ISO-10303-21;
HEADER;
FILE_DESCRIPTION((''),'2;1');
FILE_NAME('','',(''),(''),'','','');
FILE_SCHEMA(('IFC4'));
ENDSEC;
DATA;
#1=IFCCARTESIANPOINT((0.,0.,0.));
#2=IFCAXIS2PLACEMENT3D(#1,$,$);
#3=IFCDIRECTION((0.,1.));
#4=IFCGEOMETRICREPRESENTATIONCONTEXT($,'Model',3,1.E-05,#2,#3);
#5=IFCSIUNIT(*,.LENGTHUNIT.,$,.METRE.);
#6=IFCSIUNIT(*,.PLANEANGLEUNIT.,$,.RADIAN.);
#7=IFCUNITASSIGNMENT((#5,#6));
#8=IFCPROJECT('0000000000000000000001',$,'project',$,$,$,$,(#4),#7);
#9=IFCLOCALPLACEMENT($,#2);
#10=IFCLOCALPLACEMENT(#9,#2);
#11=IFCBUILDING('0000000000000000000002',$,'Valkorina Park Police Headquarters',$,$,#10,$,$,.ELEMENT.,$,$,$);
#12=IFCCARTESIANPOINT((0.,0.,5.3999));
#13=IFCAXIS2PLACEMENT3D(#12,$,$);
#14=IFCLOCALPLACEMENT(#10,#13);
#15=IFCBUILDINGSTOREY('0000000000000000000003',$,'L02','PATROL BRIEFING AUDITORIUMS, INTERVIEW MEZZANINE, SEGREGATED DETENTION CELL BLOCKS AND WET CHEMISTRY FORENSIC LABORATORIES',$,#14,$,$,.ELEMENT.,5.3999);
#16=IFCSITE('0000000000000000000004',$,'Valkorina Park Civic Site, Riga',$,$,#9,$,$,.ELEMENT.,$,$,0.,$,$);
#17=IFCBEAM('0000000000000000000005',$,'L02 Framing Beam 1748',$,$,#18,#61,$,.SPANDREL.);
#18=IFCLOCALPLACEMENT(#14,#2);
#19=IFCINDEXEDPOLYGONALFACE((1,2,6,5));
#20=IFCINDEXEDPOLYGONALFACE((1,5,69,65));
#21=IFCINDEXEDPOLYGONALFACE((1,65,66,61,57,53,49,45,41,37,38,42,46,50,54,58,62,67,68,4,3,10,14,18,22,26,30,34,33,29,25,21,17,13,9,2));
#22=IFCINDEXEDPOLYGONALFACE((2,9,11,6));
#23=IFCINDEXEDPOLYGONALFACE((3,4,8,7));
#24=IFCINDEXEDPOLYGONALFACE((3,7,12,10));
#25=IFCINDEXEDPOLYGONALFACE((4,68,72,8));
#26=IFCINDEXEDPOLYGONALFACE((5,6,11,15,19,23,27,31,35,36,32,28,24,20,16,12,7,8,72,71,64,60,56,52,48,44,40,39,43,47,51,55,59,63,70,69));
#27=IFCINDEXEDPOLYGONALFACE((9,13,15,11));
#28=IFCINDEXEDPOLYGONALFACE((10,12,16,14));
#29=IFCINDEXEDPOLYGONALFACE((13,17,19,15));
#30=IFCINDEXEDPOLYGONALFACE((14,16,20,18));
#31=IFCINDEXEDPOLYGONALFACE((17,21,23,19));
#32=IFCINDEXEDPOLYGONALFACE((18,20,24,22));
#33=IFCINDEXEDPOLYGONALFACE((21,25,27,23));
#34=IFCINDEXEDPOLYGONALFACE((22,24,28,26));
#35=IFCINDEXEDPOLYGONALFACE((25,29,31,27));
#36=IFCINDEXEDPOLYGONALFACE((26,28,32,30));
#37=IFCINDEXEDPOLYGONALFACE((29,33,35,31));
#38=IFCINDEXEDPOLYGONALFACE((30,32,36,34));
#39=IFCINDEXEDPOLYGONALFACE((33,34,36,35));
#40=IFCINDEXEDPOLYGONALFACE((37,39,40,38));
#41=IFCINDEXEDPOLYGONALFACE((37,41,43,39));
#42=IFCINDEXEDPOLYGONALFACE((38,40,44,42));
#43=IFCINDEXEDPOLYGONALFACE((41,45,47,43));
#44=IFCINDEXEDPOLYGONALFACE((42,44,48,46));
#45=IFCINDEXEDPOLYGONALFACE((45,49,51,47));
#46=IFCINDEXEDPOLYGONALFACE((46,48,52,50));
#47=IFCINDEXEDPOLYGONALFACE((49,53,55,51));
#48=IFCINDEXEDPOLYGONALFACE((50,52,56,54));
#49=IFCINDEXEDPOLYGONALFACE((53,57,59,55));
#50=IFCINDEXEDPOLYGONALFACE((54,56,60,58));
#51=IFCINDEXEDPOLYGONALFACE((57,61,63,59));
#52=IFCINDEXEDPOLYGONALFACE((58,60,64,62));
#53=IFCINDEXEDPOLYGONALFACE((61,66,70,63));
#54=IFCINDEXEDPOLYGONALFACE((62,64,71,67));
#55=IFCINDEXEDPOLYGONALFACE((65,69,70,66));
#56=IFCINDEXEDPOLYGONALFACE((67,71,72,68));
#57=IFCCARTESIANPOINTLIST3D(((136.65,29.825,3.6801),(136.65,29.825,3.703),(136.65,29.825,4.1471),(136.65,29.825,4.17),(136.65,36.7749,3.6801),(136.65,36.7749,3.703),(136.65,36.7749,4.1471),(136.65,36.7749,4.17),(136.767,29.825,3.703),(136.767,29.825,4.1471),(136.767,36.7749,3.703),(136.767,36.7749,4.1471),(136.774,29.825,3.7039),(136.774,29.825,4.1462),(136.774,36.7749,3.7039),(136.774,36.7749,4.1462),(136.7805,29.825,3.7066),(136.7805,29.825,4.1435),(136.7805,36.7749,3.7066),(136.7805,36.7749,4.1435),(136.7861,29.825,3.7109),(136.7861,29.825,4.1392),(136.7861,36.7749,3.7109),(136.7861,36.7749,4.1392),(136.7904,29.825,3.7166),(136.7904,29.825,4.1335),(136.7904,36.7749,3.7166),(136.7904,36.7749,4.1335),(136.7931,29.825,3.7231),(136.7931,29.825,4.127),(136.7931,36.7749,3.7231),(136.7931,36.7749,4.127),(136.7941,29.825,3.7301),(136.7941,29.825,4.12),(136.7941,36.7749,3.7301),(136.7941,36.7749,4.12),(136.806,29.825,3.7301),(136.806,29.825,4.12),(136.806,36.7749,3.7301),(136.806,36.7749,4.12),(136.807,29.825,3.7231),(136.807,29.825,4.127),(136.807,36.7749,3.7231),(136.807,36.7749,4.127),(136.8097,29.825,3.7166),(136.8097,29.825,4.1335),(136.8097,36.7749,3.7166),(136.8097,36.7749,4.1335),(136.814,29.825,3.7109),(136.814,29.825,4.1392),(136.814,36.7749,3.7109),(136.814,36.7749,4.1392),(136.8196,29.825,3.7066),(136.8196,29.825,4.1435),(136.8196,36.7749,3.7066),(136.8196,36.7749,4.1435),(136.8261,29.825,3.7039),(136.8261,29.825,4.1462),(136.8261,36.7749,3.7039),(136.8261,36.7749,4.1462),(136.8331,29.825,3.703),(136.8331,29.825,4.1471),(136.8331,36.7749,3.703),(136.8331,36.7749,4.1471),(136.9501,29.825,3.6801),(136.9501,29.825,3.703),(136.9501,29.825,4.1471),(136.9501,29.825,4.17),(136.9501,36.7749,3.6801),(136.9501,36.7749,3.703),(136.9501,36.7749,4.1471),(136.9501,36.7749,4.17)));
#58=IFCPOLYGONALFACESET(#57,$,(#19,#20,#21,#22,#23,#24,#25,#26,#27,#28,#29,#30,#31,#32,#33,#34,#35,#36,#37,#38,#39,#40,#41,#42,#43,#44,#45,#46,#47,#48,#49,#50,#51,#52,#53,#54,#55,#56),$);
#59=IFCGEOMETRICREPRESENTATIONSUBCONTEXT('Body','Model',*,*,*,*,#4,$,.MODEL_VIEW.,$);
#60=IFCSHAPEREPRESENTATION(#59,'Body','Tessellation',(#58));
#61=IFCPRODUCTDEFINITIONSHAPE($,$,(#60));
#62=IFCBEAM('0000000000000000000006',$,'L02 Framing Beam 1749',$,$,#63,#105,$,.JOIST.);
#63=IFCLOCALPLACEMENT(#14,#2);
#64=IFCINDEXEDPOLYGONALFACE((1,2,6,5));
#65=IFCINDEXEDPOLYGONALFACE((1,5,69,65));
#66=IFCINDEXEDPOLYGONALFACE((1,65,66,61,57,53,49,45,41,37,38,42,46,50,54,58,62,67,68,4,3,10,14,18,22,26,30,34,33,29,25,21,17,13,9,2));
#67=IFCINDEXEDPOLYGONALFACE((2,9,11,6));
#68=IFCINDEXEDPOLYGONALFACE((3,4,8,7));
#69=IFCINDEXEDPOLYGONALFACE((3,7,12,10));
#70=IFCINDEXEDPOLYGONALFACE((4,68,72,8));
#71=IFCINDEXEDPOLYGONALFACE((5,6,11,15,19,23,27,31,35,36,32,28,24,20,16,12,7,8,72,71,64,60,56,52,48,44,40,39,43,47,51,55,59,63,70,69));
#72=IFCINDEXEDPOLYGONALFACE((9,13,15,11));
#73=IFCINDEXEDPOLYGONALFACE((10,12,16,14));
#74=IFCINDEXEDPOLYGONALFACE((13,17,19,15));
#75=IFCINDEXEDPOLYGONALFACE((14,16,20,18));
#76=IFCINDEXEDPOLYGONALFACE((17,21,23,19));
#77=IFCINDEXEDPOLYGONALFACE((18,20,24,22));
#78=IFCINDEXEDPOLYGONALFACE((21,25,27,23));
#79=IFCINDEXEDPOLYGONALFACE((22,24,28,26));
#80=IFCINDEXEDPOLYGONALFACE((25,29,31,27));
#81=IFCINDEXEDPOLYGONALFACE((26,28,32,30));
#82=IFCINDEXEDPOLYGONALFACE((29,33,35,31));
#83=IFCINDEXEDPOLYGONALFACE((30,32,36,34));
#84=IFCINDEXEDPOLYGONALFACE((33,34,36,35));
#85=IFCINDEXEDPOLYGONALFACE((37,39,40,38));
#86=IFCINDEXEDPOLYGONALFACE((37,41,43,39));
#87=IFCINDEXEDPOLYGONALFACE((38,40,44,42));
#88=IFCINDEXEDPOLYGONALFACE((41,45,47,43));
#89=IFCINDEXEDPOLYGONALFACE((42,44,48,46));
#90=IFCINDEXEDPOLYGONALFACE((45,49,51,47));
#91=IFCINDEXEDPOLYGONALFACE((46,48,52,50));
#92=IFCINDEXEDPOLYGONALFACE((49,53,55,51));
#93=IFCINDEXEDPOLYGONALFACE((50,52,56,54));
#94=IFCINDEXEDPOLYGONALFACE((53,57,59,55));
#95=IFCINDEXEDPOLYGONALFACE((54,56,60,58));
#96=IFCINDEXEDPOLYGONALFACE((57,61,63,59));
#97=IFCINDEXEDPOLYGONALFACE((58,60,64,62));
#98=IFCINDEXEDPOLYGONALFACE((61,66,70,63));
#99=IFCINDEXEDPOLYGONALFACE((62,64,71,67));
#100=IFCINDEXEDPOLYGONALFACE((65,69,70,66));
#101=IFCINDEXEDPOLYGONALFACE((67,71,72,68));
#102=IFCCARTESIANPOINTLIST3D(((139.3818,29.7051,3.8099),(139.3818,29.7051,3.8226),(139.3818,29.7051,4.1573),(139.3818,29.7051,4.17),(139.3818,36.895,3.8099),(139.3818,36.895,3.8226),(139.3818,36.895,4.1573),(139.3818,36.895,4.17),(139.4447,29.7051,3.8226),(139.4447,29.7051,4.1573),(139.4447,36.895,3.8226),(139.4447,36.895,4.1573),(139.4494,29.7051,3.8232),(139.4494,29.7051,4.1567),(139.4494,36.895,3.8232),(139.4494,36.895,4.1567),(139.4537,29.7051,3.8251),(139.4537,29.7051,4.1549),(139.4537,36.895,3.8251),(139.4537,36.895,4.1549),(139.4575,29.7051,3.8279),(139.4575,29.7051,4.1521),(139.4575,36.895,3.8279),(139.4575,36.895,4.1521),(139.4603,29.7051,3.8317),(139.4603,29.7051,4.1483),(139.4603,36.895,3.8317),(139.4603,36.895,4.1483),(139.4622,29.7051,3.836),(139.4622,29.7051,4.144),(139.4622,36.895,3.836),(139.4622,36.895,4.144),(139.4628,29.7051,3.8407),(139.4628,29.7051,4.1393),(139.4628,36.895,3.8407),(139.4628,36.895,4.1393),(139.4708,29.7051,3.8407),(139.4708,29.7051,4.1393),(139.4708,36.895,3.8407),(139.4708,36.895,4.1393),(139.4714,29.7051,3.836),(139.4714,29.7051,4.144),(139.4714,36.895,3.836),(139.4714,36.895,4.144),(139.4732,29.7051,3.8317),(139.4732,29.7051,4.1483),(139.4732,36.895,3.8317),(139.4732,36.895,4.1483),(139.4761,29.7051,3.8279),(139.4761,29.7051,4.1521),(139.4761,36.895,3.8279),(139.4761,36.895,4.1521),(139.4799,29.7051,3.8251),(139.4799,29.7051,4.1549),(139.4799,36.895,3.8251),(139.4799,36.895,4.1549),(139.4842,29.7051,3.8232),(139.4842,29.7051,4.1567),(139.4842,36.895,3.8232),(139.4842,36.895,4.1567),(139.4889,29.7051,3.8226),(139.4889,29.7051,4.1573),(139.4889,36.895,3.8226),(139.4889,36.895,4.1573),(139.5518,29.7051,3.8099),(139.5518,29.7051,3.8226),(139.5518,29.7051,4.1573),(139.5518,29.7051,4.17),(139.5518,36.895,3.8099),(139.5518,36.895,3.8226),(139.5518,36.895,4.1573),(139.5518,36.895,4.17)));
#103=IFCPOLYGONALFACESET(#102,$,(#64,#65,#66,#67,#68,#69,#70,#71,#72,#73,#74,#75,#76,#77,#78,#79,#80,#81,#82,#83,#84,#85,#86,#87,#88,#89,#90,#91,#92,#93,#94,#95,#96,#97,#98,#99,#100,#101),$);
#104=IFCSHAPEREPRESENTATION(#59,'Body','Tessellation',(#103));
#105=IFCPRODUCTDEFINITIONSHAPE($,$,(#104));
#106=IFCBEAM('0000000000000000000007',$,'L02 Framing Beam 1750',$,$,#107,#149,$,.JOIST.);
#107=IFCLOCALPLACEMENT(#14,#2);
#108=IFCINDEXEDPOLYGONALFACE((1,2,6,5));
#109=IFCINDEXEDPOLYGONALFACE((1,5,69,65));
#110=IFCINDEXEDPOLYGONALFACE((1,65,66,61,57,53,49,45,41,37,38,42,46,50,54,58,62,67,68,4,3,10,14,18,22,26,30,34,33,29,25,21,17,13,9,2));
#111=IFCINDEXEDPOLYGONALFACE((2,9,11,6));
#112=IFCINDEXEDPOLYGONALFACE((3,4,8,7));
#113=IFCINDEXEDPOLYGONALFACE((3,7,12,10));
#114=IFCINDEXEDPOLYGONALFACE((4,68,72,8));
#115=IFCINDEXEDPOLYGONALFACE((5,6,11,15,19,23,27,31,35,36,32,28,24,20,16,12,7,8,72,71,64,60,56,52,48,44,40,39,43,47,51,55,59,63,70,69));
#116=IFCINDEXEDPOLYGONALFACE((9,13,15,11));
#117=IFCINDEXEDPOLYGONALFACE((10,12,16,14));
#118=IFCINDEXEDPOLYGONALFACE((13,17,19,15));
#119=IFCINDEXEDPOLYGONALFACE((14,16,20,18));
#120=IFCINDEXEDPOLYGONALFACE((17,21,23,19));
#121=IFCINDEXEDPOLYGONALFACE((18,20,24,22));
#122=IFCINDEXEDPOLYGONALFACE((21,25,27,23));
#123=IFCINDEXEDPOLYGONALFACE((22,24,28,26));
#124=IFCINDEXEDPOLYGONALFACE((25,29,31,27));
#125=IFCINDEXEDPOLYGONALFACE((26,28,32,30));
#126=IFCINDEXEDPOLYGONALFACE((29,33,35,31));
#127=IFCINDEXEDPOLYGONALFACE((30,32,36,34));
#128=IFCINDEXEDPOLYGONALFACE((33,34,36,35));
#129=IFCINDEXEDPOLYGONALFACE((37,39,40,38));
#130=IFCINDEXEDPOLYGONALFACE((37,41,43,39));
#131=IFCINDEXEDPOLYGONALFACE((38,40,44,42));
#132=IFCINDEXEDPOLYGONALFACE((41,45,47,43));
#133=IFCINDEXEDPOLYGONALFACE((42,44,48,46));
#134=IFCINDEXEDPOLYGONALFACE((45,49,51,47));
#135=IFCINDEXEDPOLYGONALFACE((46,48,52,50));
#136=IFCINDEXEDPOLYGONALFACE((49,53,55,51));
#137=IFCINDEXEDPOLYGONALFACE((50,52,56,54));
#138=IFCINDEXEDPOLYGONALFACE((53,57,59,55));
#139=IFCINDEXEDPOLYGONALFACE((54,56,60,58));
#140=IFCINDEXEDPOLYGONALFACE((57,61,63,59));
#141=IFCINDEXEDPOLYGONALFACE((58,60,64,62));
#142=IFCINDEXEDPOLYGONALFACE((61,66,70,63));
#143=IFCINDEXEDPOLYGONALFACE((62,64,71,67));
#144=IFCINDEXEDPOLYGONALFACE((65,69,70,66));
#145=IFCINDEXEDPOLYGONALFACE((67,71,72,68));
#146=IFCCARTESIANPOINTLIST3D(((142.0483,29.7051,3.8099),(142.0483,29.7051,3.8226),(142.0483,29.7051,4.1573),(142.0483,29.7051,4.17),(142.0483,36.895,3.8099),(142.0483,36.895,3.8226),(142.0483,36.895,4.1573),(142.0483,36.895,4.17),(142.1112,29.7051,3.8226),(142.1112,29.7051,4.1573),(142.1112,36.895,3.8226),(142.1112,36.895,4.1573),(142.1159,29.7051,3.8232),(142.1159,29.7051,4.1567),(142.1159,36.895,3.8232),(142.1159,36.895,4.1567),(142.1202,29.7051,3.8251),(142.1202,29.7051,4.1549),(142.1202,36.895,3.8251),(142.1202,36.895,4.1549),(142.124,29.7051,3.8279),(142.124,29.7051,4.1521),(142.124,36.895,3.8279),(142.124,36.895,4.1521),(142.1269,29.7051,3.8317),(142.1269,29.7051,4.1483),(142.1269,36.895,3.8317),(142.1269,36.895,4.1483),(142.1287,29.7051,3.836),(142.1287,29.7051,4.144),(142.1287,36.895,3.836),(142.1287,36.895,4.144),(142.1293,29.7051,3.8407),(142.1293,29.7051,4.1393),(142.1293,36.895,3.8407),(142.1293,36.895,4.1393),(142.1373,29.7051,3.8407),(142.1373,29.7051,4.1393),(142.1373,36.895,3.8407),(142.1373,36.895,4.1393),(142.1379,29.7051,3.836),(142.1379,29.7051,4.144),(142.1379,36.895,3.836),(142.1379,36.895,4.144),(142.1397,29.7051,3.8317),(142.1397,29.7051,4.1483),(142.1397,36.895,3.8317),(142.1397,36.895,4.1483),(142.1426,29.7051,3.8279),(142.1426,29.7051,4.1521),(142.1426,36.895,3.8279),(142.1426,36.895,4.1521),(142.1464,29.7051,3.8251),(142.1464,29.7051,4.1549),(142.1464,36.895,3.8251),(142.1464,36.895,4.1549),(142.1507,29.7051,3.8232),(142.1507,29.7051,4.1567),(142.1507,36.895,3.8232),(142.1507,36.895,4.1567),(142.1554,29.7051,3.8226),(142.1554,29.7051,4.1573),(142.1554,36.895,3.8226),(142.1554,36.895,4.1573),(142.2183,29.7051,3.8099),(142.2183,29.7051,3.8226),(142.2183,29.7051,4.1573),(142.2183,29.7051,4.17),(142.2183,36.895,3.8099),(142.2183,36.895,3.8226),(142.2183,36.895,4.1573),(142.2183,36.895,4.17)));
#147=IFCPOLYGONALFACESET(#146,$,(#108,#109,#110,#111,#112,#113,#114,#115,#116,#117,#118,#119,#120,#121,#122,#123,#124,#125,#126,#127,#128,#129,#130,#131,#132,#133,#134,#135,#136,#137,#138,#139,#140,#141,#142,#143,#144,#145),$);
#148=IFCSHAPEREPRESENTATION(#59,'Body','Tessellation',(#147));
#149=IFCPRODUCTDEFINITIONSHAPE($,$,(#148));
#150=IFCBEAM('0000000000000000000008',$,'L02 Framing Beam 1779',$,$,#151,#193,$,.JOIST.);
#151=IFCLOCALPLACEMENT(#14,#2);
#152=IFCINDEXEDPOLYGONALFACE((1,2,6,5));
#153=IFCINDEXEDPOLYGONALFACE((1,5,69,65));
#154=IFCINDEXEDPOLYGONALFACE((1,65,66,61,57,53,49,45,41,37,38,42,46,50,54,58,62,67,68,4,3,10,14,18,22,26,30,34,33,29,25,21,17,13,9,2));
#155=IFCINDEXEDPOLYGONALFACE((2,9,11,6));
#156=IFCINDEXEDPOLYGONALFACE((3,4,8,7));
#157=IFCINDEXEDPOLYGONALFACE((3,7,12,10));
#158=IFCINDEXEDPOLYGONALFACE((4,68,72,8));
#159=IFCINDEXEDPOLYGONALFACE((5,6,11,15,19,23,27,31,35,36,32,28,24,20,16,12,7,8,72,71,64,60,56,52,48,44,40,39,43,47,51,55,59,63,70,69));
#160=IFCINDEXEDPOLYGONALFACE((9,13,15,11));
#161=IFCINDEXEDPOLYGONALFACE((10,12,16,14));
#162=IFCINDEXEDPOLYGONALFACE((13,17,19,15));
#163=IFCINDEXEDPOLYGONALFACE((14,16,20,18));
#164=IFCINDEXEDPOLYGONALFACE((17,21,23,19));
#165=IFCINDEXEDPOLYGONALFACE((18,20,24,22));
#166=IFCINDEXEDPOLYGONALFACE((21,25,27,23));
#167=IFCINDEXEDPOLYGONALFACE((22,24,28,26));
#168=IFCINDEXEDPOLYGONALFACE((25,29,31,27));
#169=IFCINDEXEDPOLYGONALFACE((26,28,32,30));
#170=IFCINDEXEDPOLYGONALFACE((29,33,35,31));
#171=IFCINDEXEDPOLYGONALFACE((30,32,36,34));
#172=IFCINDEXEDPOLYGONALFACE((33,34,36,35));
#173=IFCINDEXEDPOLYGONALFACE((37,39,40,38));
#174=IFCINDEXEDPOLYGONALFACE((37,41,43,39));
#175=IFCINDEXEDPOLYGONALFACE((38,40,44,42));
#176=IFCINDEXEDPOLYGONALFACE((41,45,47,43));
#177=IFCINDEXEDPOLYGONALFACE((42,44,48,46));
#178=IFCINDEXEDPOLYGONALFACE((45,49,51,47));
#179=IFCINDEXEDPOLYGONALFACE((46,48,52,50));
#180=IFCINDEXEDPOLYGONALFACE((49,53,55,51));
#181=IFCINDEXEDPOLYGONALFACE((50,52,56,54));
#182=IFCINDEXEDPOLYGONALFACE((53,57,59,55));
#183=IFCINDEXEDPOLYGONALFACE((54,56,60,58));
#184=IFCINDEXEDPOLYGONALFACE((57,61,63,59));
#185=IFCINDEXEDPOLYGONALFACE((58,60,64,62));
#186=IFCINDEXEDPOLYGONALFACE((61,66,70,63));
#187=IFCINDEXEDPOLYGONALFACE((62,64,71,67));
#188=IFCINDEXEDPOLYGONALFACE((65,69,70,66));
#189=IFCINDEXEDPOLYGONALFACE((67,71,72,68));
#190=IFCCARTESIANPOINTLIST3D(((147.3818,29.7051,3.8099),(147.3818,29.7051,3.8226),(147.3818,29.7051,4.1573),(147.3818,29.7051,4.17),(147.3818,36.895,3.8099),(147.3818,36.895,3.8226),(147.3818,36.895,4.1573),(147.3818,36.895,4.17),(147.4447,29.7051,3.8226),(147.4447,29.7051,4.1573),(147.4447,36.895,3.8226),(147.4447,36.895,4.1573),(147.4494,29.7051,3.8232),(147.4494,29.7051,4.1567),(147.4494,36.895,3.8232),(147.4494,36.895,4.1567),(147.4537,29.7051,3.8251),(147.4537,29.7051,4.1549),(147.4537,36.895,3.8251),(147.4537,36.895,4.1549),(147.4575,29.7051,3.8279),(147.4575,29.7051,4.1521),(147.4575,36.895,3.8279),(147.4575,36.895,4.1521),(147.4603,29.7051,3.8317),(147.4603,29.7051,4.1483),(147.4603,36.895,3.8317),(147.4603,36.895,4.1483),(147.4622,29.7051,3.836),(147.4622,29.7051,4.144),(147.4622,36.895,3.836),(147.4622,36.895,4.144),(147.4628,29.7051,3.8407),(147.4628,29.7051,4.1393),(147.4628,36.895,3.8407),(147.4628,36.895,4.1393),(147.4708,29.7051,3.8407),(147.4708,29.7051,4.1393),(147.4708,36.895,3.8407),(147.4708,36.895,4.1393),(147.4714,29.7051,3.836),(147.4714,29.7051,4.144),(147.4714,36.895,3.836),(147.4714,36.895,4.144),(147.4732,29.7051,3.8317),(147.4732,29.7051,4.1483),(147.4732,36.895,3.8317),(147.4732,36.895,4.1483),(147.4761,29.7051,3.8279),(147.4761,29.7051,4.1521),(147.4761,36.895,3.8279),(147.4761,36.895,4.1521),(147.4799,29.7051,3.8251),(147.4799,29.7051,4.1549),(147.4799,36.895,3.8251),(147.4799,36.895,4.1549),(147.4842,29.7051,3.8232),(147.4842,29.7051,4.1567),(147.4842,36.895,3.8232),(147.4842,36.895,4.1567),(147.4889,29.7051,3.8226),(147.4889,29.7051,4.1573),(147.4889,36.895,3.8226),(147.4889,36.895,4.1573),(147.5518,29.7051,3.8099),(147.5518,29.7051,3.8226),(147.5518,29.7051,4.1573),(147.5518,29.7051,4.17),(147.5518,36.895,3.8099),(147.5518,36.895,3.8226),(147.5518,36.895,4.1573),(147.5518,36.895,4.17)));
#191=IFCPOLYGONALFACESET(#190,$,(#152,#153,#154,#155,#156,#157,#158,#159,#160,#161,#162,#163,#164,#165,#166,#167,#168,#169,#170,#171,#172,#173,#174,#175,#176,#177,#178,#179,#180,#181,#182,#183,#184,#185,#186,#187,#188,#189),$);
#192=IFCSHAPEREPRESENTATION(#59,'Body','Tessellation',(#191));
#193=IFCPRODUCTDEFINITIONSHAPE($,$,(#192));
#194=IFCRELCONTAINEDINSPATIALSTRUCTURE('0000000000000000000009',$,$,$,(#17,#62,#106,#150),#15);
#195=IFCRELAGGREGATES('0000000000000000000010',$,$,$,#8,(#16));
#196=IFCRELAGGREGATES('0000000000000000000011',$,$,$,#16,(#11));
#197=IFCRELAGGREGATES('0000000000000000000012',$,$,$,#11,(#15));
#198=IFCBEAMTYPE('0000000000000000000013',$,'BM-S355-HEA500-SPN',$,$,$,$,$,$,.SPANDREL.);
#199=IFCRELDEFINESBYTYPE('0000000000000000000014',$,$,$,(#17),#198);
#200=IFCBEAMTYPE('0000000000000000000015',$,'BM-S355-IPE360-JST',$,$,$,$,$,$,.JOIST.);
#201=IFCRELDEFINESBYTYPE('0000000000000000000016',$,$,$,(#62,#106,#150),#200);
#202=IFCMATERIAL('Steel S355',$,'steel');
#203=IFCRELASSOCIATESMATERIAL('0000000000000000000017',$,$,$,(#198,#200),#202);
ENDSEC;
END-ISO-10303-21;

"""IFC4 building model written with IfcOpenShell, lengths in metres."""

from ifc_helpers import new_model, si_unit, direction, frame, origin, origin_2d, place, context, subcontext, project, spatial, i_section, extrude, material, material_profile, profile_set, type_object, element, save


model = new_model("IFC4")

# Units and contexts
model_context = context("Model", 3, precision=1e-05, world=origin(), true_north=direction((0.0, 1.0)))
body_context = subcontext(model_context, "Body", "Model", "MODEL_VIEW")
ifc_project = project(units=[si_unit("LENGTHUNIT", "METRE"), si_unit("PLANEANGLEUNIT", "RADIAN")], contexts=[model_context])

# Site, building, storey
site_placement = place(None, origin())
site = spatial("IfcSite", under=ifc_project, at=site_placement, Name="Valkorina Park Civic Site, Riga", CompositionType="ELEMENT", RefElevation=0.0)
building_placement = place(site_placement, origin())
building = spatial("IfcBuilding", under=site, at=building_placement, Name="Valkorina Park Police Headquarters", CompositionType="ELEMENT")
storey_placement = place(building_placement, frame((0.0, 0.0, 5.3999)))
storey = spatial("IfcBuildingStorey", under=building, at=storey_placement, Name="L02", Description="PATROL BRIEFING AUDITORIUMS, INTERVIEW MEZZANINE, SEGREGATED DETENTION CELL BLOCKS AND WET CHEMISTRY FORENSIC LABORATORIES", CompositionType="ELEMENT", Elevation=5.3999)

# Shared definitions
ifc_material_1 = material(Name="Steel S355", Category="steel")

# Beams
ifc_material_profile_1 = material_profile(ifc_material_1, i_section(OverallWidth=0.3, OverallDepth=0.49, WebThickness=0.012, FlangeThickness=0.0229, FilletRadius=0.0271, at=origin_2d()), Name="HEA 500")
ifc_profile_set_1 = profile_set([ifc_material_profile_1], Name="Steel S355")
beam_type_1 = type_object("IfcBeamType", Name="BM-S355-HEA500-SPN", PredefinedType="SPANDREL", material=ifc_profile_set_1)
beam_1_placement = place(storey_placement, frame((136.8, 29.825, 3.925), z_axis=(0.0, 1.0, 0.0), x_axis=(-1.0, 0.0, 0.0)))
element("IfcBeam", 1, at=beam_1_placement, inside=storey, type_object=beam_type_1, Name="L02 Framing Beam 1748", PredefinedType="SPANDREL", context=body_context, shape_type="SweptSolid", body=[
    extrude(i_section(OverallWidth=0.3, OverallDepth=0.49, WebThickness=0.012, FlangeThickness=0.0229, FilletRadius=0.0271, at=origin_2d()), origin(), (0.0, 0.0, 1.0), 6.95),
])
ifc_material_profile_2 = material_profile(ifc_material_1, i_section(OverallWidth=0.1699, OverallDepth=0.3601, WebThickness=0.0081, FlangeThickness=0.0127, FilletRadius=0.0181, at=origin_2d()), Name="IPE 360")
ifc_profile_set_2 = profile_set([ifc_material_profile_2], Name="Steel S355")
beam_type_2 = type_object("IfcBeamType", Name="BM-S355-IPE360-JST", PredefinedType="JOIST", material=ifc_profile_set_2)
for number, where, z_axis, x_axis, name in (
    (2, (139.4668, 29.7051, 3.99), (0.0, 1.0, 0.0), (-1.0, 0.0, 0.0), "L02 Framing Beam 1749"),
    (3, (142.1333, 29.7051, 3.99), (0.0, 1.0, 0.0), (-1.0, 0.0, 0.0), "L02 Framing Beam 1750"),
    (4, (147.4668, 29.7051, 3.99), (0.0, 1.0, 0.0), (-1.0, 0.0, 0.0), "L02 Framing Beam 1779"),
):
    element("IfcBeam", number, at=place(storey_placement, frame(where, z_axis=z_axis, x_axis=x_axis)), inside=storey, type_object=beam_type_2, Name=name, PredefinedType="JOIST", context=body_context, shape_type="SweptSolid", body=[
        extrude(i_section(OverallWidth=0.1699, OverallDepth=0.3601, WebThickness=0.0081, FlangeThickness=0.0127, FilletRadius=0.0181, at=origin_2d()), origin(), (0.0, 0.0, 1.0), 7.1899),
    ])

save(model, "model.ifc")
